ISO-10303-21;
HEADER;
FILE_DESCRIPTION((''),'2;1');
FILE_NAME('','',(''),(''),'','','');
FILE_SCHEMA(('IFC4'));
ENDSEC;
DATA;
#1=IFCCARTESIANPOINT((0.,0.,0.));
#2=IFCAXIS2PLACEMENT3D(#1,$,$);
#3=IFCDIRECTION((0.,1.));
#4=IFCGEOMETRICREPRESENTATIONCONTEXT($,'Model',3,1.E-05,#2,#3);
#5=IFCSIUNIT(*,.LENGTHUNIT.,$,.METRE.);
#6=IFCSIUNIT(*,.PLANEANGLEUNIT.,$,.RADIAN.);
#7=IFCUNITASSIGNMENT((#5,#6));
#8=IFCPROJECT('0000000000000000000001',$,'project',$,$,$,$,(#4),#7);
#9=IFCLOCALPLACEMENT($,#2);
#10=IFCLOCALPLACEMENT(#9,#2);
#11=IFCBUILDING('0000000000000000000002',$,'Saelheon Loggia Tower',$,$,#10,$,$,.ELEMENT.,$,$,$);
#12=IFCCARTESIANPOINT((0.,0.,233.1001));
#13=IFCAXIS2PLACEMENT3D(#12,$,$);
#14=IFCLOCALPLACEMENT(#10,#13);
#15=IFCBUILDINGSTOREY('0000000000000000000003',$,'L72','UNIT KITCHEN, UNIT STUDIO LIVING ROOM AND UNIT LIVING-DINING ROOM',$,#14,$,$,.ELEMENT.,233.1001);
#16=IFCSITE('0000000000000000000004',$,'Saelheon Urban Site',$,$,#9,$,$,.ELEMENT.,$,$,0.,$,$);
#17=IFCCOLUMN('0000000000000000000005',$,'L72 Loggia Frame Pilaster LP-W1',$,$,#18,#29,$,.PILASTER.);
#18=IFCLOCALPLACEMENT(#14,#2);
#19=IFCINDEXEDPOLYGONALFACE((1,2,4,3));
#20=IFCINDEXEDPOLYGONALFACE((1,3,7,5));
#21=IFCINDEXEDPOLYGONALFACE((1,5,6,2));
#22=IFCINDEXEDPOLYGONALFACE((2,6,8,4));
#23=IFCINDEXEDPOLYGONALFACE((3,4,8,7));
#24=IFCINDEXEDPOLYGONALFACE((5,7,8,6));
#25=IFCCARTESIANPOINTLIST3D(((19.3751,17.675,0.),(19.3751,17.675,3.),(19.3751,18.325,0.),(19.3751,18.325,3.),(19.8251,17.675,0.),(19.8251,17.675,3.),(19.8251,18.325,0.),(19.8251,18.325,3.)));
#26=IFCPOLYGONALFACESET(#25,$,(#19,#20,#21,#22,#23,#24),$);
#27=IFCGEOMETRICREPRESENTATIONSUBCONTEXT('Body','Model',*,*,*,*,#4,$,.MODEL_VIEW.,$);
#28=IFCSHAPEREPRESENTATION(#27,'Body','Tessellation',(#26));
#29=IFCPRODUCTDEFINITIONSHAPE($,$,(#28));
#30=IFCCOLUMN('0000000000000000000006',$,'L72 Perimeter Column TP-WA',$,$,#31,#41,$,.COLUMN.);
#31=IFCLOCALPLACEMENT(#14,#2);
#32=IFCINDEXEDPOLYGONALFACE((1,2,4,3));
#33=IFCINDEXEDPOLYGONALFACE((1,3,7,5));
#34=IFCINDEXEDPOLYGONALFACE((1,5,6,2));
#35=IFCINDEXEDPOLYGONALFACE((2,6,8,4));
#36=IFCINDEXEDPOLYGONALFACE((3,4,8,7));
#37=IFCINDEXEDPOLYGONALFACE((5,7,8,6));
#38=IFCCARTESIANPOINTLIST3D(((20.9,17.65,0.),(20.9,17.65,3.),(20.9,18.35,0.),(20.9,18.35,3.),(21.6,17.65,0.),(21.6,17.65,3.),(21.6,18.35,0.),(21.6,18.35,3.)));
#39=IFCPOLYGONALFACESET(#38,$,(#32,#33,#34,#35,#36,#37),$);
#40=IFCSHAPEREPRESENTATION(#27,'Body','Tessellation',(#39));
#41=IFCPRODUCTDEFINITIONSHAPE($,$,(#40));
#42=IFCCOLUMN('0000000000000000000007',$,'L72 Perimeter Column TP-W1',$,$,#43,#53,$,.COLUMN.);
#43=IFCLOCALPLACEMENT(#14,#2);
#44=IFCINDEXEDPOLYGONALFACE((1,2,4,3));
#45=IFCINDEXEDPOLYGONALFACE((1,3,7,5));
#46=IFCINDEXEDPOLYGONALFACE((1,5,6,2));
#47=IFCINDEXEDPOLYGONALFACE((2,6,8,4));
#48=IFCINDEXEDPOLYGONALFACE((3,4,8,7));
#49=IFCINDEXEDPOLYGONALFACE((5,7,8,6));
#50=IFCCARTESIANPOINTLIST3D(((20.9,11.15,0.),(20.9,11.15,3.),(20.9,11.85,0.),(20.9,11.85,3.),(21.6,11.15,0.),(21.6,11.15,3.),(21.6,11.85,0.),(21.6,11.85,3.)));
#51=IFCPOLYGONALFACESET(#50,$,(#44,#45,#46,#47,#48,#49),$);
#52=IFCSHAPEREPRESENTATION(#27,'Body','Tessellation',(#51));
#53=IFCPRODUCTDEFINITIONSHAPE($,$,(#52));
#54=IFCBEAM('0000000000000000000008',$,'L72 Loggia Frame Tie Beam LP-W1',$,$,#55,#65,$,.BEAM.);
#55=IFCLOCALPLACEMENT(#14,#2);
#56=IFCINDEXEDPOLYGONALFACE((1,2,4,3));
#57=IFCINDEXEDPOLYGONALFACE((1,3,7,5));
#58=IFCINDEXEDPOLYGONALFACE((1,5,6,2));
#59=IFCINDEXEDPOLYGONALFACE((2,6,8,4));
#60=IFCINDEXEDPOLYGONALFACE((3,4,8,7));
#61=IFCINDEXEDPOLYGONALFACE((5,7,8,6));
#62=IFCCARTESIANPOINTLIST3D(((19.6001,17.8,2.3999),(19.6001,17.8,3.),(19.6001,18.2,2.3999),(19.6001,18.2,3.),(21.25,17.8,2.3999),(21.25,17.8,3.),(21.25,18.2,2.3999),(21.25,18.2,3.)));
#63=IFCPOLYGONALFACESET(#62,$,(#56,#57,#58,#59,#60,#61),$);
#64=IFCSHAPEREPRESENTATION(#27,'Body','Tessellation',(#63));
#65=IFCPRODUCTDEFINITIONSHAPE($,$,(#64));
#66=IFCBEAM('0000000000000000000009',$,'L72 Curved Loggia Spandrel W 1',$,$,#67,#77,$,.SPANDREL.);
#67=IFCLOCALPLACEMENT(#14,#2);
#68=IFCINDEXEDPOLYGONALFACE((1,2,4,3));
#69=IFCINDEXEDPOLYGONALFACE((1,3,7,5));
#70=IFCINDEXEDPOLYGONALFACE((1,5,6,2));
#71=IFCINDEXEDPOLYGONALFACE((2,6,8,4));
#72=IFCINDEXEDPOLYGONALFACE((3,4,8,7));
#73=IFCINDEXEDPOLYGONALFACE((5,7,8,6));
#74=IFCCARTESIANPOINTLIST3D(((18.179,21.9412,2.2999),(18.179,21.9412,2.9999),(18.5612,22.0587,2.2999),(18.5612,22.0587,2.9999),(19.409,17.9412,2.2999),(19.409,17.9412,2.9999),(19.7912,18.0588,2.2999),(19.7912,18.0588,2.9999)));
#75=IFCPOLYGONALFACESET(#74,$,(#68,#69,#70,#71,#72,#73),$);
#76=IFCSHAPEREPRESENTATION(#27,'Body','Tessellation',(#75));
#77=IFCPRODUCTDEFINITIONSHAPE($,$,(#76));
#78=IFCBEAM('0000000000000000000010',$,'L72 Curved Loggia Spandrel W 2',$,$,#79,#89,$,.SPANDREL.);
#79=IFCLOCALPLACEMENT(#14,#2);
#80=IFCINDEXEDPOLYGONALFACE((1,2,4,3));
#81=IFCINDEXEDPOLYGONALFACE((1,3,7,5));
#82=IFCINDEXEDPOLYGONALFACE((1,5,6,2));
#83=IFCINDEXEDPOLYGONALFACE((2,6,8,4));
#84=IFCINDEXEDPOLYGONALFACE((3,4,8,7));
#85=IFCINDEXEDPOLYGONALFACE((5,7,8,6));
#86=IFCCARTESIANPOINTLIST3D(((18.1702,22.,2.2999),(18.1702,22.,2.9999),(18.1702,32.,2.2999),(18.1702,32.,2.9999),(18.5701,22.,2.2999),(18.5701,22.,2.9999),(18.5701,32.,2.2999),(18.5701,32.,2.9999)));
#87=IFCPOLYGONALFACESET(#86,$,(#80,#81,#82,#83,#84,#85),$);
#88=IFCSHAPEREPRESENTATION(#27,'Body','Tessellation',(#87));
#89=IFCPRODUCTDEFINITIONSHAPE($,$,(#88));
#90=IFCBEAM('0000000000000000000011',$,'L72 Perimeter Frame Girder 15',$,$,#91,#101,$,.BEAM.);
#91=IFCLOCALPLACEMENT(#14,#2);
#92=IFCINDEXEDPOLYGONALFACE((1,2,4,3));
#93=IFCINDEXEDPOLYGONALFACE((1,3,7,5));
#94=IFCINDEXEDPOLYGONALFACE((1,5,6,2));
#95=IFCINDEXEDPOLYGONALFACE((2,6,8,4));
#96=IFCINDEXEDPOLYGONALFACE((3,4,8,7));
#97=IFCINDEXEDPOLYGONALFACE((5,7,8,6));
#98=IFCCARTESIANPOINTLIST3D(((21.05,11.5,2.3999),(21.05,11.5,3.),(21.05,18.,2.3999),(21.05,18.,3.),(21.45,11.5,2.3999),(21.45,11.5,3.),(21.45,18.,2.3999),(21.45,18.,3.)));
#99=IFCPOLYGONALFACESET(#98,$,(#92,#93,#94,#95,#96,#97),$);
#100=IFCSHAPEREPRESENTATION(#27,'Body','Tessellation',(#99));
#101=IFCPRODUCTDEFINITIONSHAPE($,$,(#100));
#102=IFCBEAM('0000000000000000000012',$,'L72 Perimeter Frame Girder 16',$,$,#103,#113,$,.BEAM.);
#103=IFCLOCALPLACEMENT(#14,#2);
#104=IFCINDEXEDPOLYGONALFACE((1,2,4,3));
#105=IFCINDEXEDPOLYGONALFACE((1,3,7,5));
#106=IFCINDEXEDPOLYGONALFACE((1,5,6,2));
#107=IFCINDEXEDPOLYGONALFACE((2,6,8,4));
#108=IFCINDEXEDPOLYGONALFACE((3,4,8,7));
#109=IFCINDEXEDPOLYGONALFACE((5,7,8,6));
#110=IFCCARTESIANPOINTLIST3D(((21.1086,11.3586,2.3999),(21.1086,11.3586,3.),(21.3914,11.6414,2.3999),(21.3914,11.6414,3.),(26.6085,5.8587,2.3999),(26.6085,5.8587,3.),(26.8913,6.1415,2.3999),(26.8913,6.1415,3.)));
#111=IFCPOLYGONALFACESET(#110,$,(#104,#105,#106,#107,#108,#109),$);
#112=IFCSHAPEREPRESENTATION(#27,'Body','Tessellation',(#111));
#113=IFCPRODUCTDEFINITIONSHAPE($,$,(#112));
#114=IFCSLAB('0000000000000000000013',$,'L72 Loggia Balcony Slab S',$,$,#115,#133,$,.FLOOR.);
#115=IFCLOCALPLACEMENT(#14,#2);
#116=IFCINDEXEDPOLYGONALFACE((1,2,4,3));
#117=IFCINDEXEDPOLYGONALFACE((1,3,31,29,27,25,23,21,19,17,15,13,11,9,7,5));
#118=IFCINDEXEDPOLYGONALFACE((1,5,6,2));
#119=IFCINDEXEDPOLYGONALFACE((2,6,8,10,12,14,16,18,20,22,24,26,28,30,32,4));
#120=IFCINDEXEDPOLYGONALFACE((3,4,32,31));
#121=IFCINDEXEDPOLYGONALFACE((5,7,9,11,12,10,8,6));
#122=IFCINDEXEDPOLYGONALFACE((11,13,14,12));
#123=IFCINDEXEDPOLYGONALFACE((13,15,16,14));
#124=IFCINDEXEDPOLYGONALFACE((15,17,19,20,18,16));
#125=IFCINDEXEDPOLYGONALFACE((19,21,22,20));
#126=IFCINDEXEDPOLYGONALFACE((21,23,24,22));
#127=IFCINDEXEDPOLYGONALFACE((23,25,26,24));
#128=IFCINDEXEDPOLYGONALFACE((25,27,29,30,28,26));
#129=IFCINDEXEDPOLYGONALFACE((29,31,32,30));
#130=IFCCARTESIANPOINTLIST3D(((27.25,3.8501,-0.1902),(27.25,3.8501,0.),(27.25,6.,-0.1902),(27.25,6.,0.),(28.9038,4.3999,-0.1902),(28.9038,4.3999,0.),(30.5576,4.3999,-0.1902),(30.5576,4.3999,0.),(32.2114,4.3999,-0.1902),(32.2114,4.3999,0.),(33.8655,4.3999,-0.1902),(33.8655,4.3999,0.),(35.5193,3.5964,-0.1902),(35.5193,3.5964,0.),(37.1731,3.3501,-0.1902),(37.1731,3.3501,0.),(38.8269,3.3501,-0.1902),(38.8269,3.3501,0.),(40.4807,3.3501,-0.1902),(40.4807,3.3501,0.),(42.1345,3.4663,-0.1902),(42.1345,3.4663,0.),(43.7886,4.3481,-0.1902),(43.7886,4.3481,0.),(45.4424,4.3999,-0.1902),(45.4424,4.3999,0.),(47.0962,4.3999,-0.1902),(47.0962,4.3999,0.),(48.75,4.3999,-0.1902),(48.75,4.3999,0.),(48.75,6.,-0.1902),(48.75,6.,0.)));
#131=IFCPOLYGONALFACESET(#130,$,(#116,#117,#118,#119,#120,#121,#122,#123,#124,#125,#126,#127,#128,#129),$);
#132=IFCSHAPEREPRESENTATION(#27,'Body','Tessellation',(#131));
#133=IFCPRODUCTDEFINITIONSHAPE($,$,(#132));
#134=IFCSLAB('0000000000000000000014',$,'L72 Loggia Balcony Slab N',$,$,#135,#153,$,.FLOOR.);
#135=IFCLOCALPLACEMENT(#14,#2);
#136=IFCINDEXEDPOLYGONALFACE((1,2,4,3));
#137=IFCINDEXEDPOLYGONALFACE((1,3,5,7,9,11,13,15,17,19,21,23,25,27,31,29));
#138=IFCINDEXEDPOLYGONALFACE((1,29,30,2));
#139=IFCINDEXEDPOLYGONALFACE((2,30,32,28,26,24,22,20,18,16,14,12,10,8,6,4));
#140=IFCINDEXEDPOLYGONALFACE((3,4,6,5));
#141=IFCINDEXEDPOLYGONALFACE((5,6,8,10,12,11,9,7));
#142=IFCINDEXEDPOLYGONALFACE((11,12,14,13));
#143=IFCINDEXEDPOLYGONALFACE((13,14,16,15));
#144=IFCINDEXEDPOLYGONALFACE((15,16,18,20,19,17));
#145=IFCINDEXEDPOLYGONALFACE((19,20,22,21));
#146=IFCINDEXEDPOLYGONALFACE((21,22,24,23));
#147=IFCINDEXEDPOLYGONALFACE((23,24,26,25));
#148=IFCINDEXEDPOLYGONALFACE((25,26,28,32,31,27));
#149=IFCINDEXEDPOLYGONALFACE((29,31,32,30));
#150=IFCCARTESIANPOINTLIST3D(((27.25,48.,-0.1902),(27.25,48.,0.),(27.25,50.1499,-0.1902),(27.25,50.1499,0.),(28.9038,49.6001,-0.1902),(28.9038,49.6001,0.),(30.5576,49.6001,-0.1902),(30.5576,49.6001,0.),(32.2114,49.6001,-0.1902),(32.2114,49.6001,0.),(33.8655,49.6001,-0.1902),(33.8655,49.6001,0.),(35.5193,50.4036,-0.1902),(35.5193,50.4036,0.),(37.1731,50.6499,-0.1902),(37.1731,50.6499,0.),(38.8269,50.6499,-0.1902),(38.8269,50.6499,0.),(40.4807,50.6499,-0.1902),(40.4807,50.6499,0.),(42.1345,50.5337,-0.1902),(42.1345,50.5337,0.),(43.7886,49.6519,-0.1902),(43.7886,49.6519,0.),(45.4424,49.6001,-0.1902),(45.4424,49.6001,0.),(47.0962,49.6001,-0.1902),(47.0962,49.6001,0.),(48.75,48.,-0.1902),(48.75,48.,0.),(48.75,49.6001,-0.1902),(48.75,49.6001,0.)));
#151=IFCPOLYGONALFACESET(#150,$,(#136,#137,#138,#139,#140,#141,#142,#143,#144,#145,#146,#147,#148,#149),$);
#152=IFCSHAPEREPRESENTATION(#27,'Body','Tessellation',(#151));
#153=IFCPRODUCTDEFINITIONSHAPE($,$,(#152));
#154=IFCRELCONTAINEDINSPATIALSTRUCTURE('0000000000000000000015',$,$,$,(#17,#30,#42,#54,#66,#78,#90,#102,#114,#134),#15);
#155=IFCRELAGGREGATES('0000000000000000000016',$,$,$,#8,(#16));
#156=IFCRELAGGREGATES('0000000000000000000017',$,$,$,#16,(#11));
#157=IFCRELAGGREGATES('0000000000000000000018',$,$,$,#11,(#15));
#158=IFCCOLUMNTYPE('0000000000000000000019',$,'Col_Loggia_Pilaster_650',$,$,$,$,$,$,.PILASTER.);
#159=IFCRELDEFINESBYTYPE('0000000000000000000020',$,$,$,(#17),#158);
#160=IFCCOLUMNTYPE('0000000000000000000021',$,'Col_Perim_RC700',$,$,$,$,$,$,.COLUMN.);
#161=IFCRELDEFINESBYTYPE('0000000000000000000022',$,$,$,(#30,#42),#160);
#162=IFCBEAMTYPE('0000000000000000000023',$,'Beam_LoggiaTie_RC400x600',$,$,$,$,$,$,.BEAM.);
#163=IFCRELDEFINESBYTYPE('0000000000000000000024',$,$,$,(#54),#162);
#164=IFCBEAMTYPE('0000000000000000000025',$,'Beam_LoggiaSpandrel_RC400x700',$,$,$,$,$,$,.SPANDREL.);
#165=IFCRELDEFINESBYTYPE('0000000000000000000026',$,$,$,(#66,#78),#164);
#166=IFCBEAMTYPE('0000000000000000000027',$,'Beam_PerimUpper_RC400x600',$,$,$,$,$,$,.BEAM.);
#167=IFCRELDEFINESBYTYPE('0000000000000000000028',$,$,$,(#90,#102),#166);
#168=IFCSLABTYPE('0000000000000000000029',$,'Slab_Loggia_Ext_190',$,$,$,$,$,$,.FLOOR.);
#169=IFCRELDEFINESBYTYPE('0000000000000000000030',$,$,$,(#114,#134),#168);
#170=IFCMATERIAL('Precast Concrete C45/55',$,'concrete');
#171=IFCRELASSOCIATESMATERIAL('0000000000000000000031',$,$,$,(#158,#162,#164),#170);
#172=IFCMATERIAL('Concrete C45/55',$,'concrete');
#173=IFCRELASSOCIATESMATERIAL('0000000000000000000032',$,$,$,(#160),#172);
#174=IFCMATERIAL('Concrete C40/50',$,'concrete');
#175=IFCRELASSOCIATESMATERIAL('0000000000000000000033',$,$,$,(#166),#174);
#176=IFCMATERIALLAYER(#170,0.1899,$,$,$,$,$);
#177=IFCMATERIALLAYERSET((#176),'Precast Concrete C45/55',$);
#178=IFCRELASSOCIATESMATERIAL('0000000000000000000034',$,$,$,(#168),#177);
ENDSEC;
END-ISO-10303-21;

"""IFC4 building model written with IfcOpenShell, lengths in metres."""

from ifc_helpers import new_model, si_unit, direction, frame, origin, origin_2d, place, context, subcontext, project, spatial, polyline, rectangle, outline, extrude, source, transform, mapped, material, layer, layer_set, material_profile, profile_set, type_object, element, save


model = new_model("IFC4")

# Units and contexts
model_context = context("Model", 3, precision=1e-05, world=origin(), true_north=direction((0.0, 1.0)))
body_context = subcontext(model_context, "Body", "Model", "MODEL_VIEW")
ifc_project = project(units=[si_unit("LENGTHUNIT", "METRE"), si_unit("PLANEANGLEUNIT", "RADIAN")], contexts=[model_context])

# Site, building, storey
site_placement = place(None, origin())
site = spatial("IfcSite", under=ifc_project, at=site_placement, Name="Saelheon Urban Site", CompositionType="ELEMENT", RefElevation=0.0)
building_placement = place(site_placement, origin())
building = spatial("IfcBuilding", under=site, at=building_placement, Name="Saelheon Loggia Tower", CompositionType="ELEMENT")
storey_placement = place(building_placement, frame((0.0, 0.0, 233.1001)))
storey = spatial("IfcBuildingStorey", under=building, at=storey_placement, Name="L72", Description="UNIT KITCHEN, UNIT STUDIO LIVING ROOM AND UNIT LIVING-DINING ROOM", CompositionType="ELEMENT", Elevation=233.1001)

# Columns
ifc_material_1 = material(Name="Precast Concrete C45/55", Category="concrete")
ifc_material_profile_1 = material_profile(ifc_material_1, rectangle(XDim=0.45, YDim=0.6499, at=origin_2d()), Name="RC-450x650")
ifc_profile_set_1 = profile_set([ifc_material_profile_1], Name="Precast Concrete C45/55")
column_type_1 = type_object("IfcColumnType", Name="Col_Loggia_Pilaster_650", PredefinedType="PILASTER", material=ifc_profile_set_1)
shared_shape_1 = source(origin(), body_context, "Body", "SweptSolid", [
    extrude(rectangle(XDim=0.45, YDim=0.6499, at=origin_2d()), origin(), (0.0, 0.0, 1.0), 3.0),
])
column_placement = place(storey_placement, frame((19.6001, 18.0, 0.0), z_axis=(0.0, 0.0, 1.0), x_axis=(1.0, 0.0, 0.0)))
element("IfcColumn", 1, at=column_placement, inside=storey, type_object=column_type_1, Name="L72 Loggia Frame Pilaster LP-W1", PredefinedType="PILASTER", context=body_context, shape_type="MappedRepresentation", body=[
    mapped(shared_shape_1, transform((0.0, 0.0, 0.0), scale=1.0)),
])
ifc_material_2 = material(Name="Concrete C45/55", Category="concrete")
ifc_material_profile_2 = material_profile(ifc_material_2, rectangle(XDim=0.7, YDim=0.7, at=origin_2d()), Name="RC-700x700")
ifc_profile_set_2 = profile_set([ifc_material_profile_2], Name="Concrete C45/55")
column_type_2 = type_object("IfcColumnType", Name="Col_Perim_RC700", PredefinedType="COLUMN", material=ifc_profile_set_2)
shared_shape_2 = source(origin(), body_context, "Body", "SweptSolid", [
    extrude(rectangle(XDim=0.7, YDim=0.7, at=origin_2d()), origin(), (0.0, 0.0, 1.0), 3.0),
])
for number, where, z_axis, x_axis, name in (
    (2, (21.25, 18.0, 0.0), (0.0, 0.0, 1.0), (1.0, 0.0, 0.0), "L72 Perimeter Column TP-WA"),
    (3, (21.25, 11.5, 0.0), (0.0, 0.0, 1.0), (1.0, 0.0, 0.0), "L72 Perimeter Column TP-W1"),
):
    element("IfcColumn", number, at=place(storey_placement, frame(where, z_axis=z_axis, x_axis=x_axis)), inside=storey, type_object=column_type_2, Name=name, PredefinedType="COLUMN", context=body_context, shape_type="MappedRepresentation", body=[
        mapped(shared_shape_2, transform((0.0, 0.0, 0.0), scale=1.0)),
    ])

# Beams
ifc_material_profile_3 = material_profile(ifc_material_1, rectangle(XDim=0.3999, YDim=0.6001, at=origin_2d()), Name="RC-400x600")
ifc_profile_set_3 = profile_set([ifc_material_profile_3], Name="Precast Concrete C45/55")
beam_type_1 = type_object("IfcBeamType", Name="Beam_LoggiaTie_RC400x600", PredefinedType="BEAM", material=ifc_profile_set_3)
shared_shape_3 = source(origin(), body_context, "Body", "SweptSolid", [
    extrude(rectangle(XDim=0.3999, YDim=0.6001, at=origin_2d()), origin(), (0.0, 0.0, 1.0), 1.6499),
])
beam_1_placement = place(storey_placement, frame((21.25, 18.0, 2.7), z_axis=(-1.0, 0.0, 0.0), x_axis=(0.0, -1.0, 0.0)))
element("IfcBeam", 4, at=beam_1_placement, inside=storey, type_object=beam_type_1, Name="L72 Loggia Frame Tie Beam LP-W1", PredefinedType="BEAM", context=body_context, shape_type="MappedRepresentation", body=[
    mapped(shared_shape_3, transform((0.0, 0.0, 0.0), scale=1.0)),
])
ifc_material_profile_4 = material_profile(ifc_material_1, rectangle(XDim=0.3999, YDim=0.7, at=origin_2d()), Name="RC-400x700")
ifc_profile_set_4 = profile_set([ifc_material_profile_4], Name="Precast Concrete C45/55")
beam_type_2 = type_object("IfcBeamType", Name="Beam_LoggiaSpandrel_RC400x700", PredefinedType="SPANDREL", material=ifc_profile_set_4)
shared_shape_4 = source(origin(), body_context, "Body", "SweptSolid", [
    extrude(rectangle(XDim=0.3999, YDim=0.7, at=origin_2d()), origin(), (0.0, 0.0, 1.0), 4.1848),
])
beam_2_placement = place(storey_placement, frame((19.6001, 18.0, 2.6499), z_axis=(-0.293914, 0.955832, 0.0), x_axis=(-0.955832, -0.293914, 0.0)))
element("IfcBeam", 5, at=beam_2_placement, inside=storey, type_object=beam_type_2, Name="L72 Curved Loggia Spandrel W 1", PredefinedType="SPANDREL", context=body_context, shape_type="MappedRepresentation", body=[
    mapped(shared_shape_4, transform((0.0, 0.0, 0.0), scale=1.0)),
])
shared_shape_5 = source(origin(), body_context, "Body", "SweptSolid", [
    extrude(rectangle(XDim=0.3999, YDim=0.7, at=origin_2d()), origin(), (0.0, 0.0, 1.0), 10.0),
])
beam_3_placement = place(storey_placement, frame((18.3701, 22.0, 2.6499), z_axis=(0.0, 1.0, 0.0), x_axis=(-1.0, 0.0, 0.0)))
element("IfcBeam", 6, at=beam_3_placement, inside=storey, type_object=beam_type_2, Name="L72 Curved Loggia Spandrel W 2", PredefinedType="SPANDREL", context=body_context, shape_type="MappedRepresentation", body=[
    mapped(shared_shape_5, transform((0.0, 0.0, 0.0), scale=1.0)),
])
ifc_material_3 = material(Name="Concrete C40/50", Category="concrete")
ifc_material_profile_5 = material_profile(ifc_material_3, rectangle(XDim=0.3999, YDim=0.6001, at=origin_2d()), Name="RC-400x600")
ifc_profile_set_5 = profile_set([ifc_material_profile_5], Name="Concrete C40/50")
beam_type_3 = type_object("IfcBeamType", Name="Beam_PerimUpper_RC400x600", PredefinedType="BEAM", material=ifc_profile_set_5)
shared_shape_6 = source(origin(), body_context, "Body", "SweptSolid", [
    extrude(rectangle(XDim=0.3999, YDim=0.6001, at=origin_2d()), origin(), (0.0, 0.0, 1.0), 6.5),
])
beam_4_placement = place(storey_placement, frame((21.25, 18.0, 2.7), z_axis=(0.0, -1.0, 0.0), x_axis=(1.0, 0.0, 0.0)))
element("IfcBeam", 7, at=beam_4_placement, inside=storey, type_object=beam_type_3, Name="L72 Perimeter Frame Girder 15", PredefinedType="BEAM", context=body_context, shape_type="MappedRepresentation", body=[
    mapped(shared_shape_6, transform((0.0, 0.0, 0.0), scale=1.0)),
])
shared_shape_7 = source(origin(), body_context, "Body", "SweptSolid", [
    extrude(rectangle(XDim=0.3999, YDim=0.6001, at=origin_2d()), origin(), (0.0, 0.0, 1.0), 7.7781),
])
beam_5_placement = place(storey_placement, frame((21.25, 11.5, 2.7), z_axis=(0.707107, -0.707107, 0.0), x_axis=(0.707107, 0.707107, 0.0)))
element("IfcBeam", 8, at=beam_5_placement, inside=storey, type_object=beam_type_3, Name="L72 Perimeter Frame Girder 16", PredefinedType="BEAM", context=body_context, shape_type="MappedRepresentation", body=[
    mapped(shared_shape_7, transform((0.0, 0.0, 0.0), scale=1.0)),
])

# Slabs
ifc_layer_1 = layer(ifc_material_1, 0.1899)
ifc_layer_set_1 = layer_set([ifc_layer_1], Name="Precast Concrete C45/55")
slab_type_1 = type_object("IfcSlabType", Name="Slab_Loggia_Ext_190", PredefinedType="FLOOR", material=ifc_layer_set_1)
slab_1_placement = place(storey_placement, frame((0.0, 0.0, -0.1902)))
element("IfcSlab", 9, at=slab_1_placement, inside=storey, type_object=slab_type_1, Name="L72 Loggia Balcony Slab S", PredefinedType="FLOOR", context=body_context, shape_type="SweptSolid", body=[
    extrude(outline(polyline([(27.25, 3.8501), (28.9038, 4.3999), (30.5576, 4.3999), (32.2114, 4.3999), (33.8655, 4.3999), (35.5193, 3.5964), (37.1731, 3.3501), (38.8269, 3.3501), (40.4807, 3.3501), (42.1345, 3.4663), (43.7886, 4.3481), (45.4424, 4.3999), (47.0962, 4.3999), (48.75, 4.3999), (48.75, 6.0), (27.25, 6.0), (27.25, 3.8501)])), origin(), (0.0, 0.0, 1.0), 0.1902),
])
slab_2_placement = place(storey_placement, frame((0.0, 0.0, -0.1902)))
element("IfcSlab", 10, at=slab_2_placement, inside=storey, type_object=slab_type_1, Name="L72 Loggia Balcony Slab N", PredefinedType="FLOOR", context=body_context, shape_type="SweptSolid", body=[
    extrude(outline(polyline([(27.25, 48.0), (48.75, 48.0), (48.75, 49.6001), (47.0962, 49.6001), (45.4424, 49.6001), (43.7886, 49.6519), (42.1345, 50.5337), (40.4807, 50.6499), (38.8269, 50.6499), (37.1731, 50.6499), (35.5193, 50.4036), (33.8655, 49.6001), (32.2114, 49.6001), (30.5576, 49.6001), (28.9038, 49.6001), (27.25, 50.1499), (27.25, 48.0)])), origin(), (0.0, 0.0, 1.0), 0.1902),
])

save(model, "model.ifc")
